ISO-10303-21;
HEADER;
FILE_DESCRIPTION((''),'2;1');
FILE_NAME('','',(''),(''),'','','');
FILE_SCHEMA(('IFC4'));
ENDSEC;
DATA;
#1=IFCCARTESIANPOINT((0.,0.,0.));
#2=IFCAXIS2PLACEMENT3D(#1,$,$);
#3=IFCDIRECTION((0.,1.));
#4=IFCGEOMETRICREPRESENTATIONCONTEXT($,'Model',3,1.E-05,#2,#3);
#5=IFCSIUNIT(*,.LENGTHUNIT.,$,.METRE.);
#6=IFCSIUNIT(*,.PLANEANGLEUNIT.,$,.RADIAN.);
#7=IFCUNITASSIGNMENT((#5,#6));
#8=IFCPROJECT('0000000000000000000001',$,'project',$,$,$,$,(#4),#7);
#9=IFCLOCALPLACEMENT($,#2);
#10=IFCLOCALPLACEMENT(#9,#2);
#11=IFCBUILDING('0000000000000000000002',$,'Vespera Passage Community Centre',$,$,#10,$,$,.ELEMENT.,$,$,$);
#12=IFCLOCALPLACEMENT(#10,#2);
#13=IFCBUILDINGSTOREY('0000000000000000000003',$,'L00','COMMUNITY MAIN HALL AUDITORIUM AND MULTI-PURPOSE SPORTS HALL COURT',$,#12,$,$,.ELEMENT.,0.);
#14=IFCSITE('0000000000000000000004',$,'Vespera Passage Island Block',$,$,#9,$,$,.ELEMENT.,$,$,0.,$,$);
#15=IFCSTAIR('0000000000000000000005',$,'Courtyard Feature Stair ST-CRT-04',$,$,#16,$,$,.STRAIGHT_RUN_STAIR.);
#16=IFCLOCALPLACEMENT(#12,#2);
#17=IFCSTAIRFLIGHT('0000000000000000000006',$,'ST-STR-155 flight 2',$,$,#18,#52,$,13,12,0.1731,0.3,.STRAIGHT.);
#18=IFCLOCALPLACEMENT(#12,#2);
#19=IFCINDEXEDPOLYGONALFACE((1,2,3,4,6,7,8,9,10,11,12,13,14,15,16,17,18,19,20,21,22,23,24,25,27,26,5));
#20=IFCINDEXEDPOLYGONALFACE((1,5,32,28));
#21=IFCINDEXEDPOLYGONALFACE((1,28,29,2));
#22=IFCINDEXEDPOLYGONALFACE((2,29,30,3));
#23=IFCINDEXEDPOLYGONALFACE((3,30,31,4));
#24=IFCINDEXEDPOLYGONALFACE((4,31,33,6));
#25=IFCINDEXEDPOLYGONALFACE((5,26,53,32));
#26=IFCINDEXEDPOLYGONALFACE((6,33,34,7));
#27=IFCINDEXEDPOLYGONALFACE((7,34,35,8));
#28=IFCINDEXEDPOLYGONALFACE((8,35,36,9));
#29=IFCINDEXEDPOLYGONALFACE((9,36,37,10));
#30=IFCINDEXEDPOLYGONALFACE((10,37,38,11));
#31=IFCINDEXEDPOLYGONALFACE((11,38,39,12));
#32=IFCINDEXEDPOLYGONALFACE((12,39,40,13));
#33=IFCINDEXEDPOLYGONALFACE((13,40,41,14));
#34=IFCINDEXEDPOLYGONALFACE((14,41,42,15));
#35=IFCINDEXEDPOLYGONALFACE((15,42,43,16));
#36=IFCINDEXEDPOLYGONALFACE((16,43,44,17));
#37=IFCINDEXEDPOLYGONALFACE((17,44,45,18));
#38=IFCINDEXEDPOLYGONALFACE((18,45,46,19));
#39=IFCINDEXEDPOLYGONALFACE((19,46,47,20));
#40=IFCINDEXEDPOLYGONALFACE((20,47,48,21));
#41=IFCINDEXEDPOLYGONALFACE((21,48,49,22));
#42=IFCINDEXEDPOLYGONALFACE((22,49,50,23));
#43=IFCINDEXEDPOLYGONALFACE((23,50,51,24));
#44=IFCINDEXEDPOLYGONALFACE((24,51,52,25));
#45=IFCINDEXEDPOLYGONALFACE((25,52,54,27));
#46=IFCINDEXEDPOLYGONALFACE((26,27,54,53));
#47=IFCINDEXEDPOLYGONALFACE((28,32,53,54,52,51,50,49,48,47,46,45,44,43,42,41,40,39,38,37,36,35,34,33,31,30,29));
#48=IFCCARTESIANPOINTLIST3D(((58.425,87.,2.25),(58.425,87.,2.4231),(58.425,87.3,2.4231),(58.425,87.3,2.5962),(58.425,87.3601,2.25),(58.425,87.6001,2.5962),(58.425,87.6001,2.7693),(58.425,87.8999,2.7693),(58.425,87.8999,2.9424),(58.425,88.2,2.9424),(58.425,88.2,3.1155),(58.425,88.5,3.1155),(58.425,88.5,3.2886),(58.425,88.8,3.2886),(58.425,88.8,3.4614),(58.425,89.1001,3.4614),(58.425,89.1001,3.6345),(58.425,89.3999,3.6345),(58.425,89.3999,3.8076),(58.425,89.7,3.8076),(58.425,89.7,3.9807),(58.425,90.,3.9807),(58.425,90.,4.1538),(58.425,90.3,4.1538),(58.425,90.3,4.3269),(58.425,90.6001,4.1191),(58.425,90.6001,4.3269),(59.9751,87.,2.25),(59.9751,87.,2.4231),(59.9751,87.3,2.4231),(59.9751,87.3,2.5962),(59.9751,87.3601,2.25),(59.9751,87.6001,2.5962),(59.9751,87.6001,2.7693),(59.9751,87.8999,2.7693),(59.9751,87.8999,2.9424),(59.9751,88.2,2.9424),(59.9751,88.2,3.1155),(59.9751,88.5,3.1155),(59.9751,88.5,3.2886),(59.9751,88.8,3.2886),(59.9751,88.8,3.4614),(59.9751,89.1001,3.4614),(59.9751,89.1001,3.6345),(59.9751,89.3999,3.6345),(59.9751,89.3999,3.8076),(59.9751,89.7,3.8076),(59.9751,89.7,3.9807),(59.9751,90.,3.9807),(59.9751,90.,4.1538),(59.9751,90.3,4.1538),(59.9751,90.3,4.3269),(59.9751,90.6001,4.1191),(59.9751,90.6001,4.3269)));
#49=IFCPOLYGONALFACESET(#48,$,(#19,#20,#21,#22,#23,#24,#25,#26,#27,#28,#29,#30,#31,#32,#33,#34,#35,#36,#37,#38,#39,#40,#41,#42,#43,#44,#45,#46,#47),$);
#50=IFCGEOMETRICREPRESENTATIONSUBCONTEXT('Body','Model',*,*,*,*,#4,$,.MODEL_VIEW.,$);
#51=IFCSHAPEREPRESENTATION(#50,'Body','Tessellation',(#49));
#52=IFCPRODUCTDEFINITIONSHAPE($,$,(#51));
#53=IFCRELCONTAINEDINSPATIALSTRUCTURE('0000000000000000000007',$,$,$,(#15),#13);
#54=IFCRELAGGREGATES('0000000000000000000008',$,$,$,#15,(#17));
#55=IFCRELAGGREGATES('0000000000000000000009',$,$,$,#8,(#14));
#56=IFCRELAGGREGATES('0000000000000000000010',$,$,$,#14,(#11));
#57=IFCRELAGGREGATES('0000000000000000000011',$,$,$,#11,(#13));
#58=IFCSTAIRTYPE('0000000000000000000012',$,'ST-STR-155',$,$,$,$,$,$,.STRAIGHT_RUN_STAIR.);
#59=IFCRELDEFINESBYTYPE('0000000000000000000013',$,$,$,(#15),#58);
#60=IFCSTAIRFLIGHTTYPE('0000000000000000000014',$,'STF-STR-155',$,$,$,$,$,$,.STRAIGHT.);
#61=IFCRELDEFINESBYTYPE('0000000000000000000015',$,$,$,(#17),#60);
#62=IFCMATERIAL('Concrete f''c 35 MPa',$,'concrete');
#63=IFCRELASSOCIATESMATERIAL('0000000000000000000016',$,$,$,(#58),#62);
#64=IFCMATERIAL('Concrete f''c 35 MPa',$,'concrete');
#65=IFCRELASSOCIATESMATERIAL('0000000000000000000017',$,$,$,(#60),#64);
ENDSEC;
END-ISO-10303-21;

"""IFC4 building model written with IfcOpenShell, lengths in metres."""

from ifc_helpers import new_model, si_unit, direction, frame, origin, place, context, subcontext, project, spatial, polyline, outline, extrude, material, type_object, element, aggregate, save


model = new_model("IFC4")

# Units and contexts
model_context = context("Model", 3, precision=1e-05, world=origin(), true_north=direction((0.0, 1.0)))
body_context = subcontext(model_context, "Body", "Model", "MODEL_VIEW")
ifc_project = project(units=[si_unit("LENGTHUNIT", "METRE"), si_unit("PLANEANGLEUNIT", "RADIAN")], contexts=[model_context])

# Site, building, storey
site_placement = place(None, origin())
site = spatial("IfcSite", under=ifc_project, at=site_placement, Name="Vespera Passage Island Block", CompositionType="ELEMENT", RefElevation=0.0)
building_placement = place(site_placement, origin())
building = spatial("IfcBuilding", under=site, at=building_placement, Name="Vespera Passage Community Centre", CompositionType="ELEMENT")
storey_placement = place(building_placement, origin())
storey = spatial("IfcBuildingStorey", under=building, at=storey_placement, Name="L00", Description="COMMUNITY MAIN HALL AUDITORIUM AND MULTI-PURPOSE SPORTS HALL COURT", CompositionType="ELEMENT", Elevation=0.0)

# Shared definitions
ifc_material_1 = material(Name="Concrete f'c 35 MPa", Category="concrete")
stair_type = type_object("IfcStairType", Name="ST-STR-155", PredefinedType="STRAIGHT_RUN_STAIR", material=ifc_material_1)
ifc_material_2 = material(Name="Concrete f'c 35 MPa", Category="concrete")
stair_flight_type = type_object("IfcStairFlightType", Name="STF-STR-155", PredefinedType="STRAIGHT", material=ifc_material_2)

# Stair, stair flight
stair_1_placement = place(storey_placement, origin())
stair_1 = element("IfcStair", 1, at=stair_1_placement, inside=storey, type_object=stair_type, Name="Courtyard Feature Stair ST-CRT-04", PredefinedType="STRAIGHT_RUN_STAIR")
stair_flight_1_placement = place(storey_placement, frame((59.2, 87.0, 2.25), z_axis=(0.0, 0.0, 1.0), x_axis=(0.0, 1.0, 0.0)))
stair_flight_1 = element("IfcStairFlight", 2, at=stair_flight_1_placement, type_object=stair_flight_type, Name="ST-STR-155 flight 2", NumberOfRisers=13, NumberOfTreads=12, PredefinedType="STRAIGHT", RiserHeight=0.1731, TreadLength=0.3, context=body_context, shape_type="SweptSolid", body=[
    extrude(outline(polyline([(0.0, 0.0), (0.0, 0.1731), (0.3, 0.1731), (0.3, 0.3462), (0.6001, 0.3462), (0.6001, 0.5193), (0.8999, 0.5193), (0.8999, 0.6924), (1.2, 0.6924), (1.2, 0.8655), (1.5, 0.8655), (1.5, 1.0386), (1.8, 1.0386), (1.8, 1.2114), (2.1001, 1.2114), (2.1001, 1.3845), (2.3999, 1.3845), (2.3999, 1.5576), (2.7, 1.5576), (2.7, 1.7307), (3.0, 1.7307), (3.0, 1.9038), (3.3, 1.9038), (3.3, 2.0769), (3.6001, 2.0769), (3.6001, 2.25), (3.6001, 1.8691), (0.3601, 0.0), (0.0, 0.0)])), frame((0.0, 0.7749, 0.0), z_axis=(0.0, -1.0, 0.0), x_axis=(1.0, 0.0, 0.0)), (0.0, 0.0, 1.0), 1.55),
])
aggregate(stair_1, [stair_flight_1])

save(model, "model.ifc")
